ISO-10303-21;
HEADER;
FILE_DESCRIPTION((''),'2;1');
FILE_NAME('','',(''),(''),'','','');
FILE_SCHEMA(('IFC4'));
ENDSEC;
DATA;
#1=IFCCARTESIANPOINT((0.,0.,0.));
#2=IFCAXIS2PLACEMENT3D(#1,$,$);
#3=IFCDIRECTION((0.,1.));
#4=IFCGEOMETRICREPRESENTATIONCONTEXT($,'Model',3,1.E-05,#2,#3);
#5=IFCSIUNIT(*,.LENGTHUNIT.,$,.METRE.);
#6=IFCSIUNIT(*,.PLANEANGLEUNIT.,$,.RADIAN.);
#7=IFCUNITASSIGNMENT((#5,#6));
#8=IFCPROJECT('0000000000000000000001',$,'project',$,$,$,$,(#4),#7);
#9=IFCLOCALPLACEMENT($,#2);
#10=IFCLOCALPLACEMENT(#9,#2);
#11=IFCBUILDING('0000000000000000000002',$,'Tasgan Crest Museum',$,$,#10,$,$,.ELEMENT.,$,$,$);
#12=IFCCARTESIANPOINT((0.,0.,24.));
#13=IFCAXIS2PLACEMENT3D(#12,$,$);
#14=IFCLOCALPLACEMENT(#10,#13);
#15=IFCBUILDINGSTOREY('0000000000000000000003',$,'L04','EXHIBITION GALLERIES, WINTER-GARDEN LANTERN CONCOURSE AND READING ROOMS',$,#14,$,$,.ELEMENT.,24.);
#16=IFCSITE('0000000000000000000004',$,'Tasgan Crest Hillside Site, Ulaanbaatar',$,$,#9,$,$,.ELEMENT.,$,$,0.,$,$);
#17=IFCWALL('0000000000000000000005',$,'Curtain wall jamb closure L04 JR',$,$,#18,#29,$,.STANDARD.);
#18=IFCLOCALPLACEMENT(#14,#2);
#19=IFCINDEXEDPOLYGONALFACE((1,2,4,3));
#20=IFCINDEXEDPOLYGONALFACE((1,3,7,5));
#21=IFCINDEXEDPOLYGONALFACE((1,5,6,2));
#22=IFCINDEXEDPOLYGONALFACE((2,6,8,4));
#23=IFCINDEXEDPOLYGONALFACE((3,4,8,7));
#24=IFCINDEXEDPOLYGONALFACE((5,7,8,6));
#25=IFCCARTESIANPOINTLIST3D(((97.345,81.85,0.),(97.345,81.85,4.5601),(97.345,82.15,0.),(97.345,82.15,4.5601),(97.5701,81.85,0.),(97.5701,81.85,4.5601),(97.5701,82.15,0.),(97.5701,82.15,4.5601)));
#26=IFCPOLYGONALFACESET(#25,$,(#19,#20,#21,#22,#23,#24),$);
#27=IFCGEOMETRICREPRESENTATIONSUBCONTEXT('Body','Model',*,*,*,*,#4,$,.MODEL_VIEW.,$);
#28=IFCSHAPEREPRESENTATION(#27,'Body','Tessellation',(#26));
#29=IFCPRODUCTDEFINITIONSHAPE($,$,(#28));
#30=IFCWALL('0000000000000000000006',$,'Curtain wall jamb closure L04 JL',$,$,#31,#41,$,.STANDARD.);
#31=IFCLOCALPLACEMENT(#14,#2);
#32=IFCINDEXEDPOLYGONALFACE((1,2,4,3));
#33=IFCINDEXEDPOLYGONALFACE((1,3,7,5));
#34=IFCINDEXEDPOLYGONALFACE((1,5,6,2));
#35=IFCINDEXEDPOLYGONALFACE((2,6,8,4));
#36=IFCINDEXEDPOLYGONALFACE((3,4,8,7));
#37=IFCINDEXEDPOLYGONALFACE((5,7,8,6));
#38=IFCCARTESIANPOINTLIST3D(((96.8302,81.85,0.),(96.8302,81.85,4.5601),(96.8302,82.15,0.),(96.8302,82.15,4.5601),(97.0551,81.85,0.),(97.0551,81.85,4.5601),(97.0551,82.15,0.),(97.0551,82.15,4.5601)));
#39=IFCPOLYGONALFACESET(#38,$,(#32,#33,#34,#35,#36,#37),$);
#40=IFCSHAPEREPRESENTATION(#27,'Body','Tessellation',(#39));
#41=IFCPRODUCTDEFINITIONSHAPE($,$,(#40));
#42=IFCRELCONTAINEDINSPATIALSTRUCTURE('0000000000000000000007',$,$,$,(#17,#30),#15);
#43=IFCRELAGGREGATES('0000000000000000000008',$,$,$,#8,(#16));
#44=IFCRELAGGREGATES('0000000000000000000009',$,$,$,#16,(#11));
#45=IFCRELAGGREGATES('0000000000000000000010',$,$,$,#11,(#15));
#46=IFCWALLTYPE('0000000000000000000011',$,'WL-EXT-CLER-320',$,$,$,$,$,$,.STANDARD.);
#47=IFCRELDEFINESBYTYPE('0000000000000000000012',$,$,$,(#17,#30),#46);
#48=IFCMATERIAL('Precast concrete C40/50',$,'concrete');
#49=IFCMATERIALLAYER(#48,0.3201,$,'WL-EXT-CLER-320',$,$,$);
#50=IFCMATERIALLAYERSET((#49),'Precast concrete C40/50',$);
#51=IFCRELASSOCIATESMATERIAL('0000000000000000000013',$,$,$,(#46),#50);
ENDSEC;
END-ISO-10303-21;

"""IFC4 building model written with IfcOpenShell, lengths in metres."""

from ifc_helpers import new_model, si_unit, direction, frame, frame_2d, origin, place, context, subcontext, project, spatial, rectangle, extrude, material, layer, layer_set, type_object, element, save


model = new_model("IFC4")

# Units and contexts
model_context = context("Model", 3, precision=1e-05, world=origin(), true_north=direction((0.0, 1.0)))
body_context = subcontext(model_context, "Body", "Model", "MODEL_VIEW")
ifc_project = project(units=[si_unit("LENGTHUNIT", "METRE"), si_unit("PLANEANGLEUNIT", "RADIAN")], contexts=[model_context])

# Site, building, storey
site_placement = place(None, origin())
site = spatial("IfcSite", under=ifc_project, at=site_placement, Name="Tasgan Crest Hillside Site, Ulaanbaatar", CompositionType="ELEMENT", RefElevation=0.0)
building_placement = place(site_placement, origin())
building = spatial("IfcBuilding", under=site, at=building_placement, Name="Tasgan Crest Museum", CompositionType="ELEMENT")
storey_placement = place(building_placement, frame((0.0, 0.0, 24.0)))
storey = spatial("IfcBuildingStorey", under=building, at=storey_placement, Name="L04", Description="EXHIBITION GALLERIES, WINTER-GARDEN LANTERN CONCOURSE AND READING ROOMS", CompositionType="ELEMENT", Elevation=24.0)

# Walls
ifc_material_1 = material(Name="Precast concrete C40/50", Category="concrete")
ifc_layer_1 = layer(ifc_material_1, 0.3201, Name="WL-EXT-CLER-320")
ifc_layer_set_1 = layer_set([ifc_layer_1], Name="Precast concrete C40/50")
wall_type = type_object("IfcWallType", Name="WL-EXT-CLER-320", PredefinedType="STANDARD", material=ifc_layer_set_1)
wall_1_placement = place(storey_placement, frame((97.5701, 82.0, 0.0), z_axis=(0.0, 0.0, 1.0), x_axis=(-1.0, 0.0, 0.0)))
element("IfcWall", 1, at=wall_1_placement, inside=storey, type_object=wall_type, Name="Curtain wall jamb closure L04 JR", PredefinedType="STANDARD", context=body_context, shape_type="SweptSolid", body=[
    extrude(rectangle(XDim=0.2251, YDim=0.3, at=frame_2d((0.1125, 0.0))), origin(), (0.0, 0.0, 1.0), 4.5601),
])
wall_2_placement = place(storey_placement, frame((97.0549, 82.0, 0.0), z_axis=(0.0, 0.0, 1.0), x_axis=(-1.0, 0.0, 0.0)))
element("IfcWall", 2, at=wall_2_placement, inside=storey, type_object=wall_type, Name="Curtain wall jamb closure L04 JL", PredefinedType="STANDARD", context=body_context, shape_type="SweptSolid", body=[
    extrude(rectangle(XDim=0.2249, YDim=0.3, at=frame_2d((0.1123, 0.0))), origin(), (0.0, 0.0, 1.0), 4.5601),
])

save(model, "model.ifc")
